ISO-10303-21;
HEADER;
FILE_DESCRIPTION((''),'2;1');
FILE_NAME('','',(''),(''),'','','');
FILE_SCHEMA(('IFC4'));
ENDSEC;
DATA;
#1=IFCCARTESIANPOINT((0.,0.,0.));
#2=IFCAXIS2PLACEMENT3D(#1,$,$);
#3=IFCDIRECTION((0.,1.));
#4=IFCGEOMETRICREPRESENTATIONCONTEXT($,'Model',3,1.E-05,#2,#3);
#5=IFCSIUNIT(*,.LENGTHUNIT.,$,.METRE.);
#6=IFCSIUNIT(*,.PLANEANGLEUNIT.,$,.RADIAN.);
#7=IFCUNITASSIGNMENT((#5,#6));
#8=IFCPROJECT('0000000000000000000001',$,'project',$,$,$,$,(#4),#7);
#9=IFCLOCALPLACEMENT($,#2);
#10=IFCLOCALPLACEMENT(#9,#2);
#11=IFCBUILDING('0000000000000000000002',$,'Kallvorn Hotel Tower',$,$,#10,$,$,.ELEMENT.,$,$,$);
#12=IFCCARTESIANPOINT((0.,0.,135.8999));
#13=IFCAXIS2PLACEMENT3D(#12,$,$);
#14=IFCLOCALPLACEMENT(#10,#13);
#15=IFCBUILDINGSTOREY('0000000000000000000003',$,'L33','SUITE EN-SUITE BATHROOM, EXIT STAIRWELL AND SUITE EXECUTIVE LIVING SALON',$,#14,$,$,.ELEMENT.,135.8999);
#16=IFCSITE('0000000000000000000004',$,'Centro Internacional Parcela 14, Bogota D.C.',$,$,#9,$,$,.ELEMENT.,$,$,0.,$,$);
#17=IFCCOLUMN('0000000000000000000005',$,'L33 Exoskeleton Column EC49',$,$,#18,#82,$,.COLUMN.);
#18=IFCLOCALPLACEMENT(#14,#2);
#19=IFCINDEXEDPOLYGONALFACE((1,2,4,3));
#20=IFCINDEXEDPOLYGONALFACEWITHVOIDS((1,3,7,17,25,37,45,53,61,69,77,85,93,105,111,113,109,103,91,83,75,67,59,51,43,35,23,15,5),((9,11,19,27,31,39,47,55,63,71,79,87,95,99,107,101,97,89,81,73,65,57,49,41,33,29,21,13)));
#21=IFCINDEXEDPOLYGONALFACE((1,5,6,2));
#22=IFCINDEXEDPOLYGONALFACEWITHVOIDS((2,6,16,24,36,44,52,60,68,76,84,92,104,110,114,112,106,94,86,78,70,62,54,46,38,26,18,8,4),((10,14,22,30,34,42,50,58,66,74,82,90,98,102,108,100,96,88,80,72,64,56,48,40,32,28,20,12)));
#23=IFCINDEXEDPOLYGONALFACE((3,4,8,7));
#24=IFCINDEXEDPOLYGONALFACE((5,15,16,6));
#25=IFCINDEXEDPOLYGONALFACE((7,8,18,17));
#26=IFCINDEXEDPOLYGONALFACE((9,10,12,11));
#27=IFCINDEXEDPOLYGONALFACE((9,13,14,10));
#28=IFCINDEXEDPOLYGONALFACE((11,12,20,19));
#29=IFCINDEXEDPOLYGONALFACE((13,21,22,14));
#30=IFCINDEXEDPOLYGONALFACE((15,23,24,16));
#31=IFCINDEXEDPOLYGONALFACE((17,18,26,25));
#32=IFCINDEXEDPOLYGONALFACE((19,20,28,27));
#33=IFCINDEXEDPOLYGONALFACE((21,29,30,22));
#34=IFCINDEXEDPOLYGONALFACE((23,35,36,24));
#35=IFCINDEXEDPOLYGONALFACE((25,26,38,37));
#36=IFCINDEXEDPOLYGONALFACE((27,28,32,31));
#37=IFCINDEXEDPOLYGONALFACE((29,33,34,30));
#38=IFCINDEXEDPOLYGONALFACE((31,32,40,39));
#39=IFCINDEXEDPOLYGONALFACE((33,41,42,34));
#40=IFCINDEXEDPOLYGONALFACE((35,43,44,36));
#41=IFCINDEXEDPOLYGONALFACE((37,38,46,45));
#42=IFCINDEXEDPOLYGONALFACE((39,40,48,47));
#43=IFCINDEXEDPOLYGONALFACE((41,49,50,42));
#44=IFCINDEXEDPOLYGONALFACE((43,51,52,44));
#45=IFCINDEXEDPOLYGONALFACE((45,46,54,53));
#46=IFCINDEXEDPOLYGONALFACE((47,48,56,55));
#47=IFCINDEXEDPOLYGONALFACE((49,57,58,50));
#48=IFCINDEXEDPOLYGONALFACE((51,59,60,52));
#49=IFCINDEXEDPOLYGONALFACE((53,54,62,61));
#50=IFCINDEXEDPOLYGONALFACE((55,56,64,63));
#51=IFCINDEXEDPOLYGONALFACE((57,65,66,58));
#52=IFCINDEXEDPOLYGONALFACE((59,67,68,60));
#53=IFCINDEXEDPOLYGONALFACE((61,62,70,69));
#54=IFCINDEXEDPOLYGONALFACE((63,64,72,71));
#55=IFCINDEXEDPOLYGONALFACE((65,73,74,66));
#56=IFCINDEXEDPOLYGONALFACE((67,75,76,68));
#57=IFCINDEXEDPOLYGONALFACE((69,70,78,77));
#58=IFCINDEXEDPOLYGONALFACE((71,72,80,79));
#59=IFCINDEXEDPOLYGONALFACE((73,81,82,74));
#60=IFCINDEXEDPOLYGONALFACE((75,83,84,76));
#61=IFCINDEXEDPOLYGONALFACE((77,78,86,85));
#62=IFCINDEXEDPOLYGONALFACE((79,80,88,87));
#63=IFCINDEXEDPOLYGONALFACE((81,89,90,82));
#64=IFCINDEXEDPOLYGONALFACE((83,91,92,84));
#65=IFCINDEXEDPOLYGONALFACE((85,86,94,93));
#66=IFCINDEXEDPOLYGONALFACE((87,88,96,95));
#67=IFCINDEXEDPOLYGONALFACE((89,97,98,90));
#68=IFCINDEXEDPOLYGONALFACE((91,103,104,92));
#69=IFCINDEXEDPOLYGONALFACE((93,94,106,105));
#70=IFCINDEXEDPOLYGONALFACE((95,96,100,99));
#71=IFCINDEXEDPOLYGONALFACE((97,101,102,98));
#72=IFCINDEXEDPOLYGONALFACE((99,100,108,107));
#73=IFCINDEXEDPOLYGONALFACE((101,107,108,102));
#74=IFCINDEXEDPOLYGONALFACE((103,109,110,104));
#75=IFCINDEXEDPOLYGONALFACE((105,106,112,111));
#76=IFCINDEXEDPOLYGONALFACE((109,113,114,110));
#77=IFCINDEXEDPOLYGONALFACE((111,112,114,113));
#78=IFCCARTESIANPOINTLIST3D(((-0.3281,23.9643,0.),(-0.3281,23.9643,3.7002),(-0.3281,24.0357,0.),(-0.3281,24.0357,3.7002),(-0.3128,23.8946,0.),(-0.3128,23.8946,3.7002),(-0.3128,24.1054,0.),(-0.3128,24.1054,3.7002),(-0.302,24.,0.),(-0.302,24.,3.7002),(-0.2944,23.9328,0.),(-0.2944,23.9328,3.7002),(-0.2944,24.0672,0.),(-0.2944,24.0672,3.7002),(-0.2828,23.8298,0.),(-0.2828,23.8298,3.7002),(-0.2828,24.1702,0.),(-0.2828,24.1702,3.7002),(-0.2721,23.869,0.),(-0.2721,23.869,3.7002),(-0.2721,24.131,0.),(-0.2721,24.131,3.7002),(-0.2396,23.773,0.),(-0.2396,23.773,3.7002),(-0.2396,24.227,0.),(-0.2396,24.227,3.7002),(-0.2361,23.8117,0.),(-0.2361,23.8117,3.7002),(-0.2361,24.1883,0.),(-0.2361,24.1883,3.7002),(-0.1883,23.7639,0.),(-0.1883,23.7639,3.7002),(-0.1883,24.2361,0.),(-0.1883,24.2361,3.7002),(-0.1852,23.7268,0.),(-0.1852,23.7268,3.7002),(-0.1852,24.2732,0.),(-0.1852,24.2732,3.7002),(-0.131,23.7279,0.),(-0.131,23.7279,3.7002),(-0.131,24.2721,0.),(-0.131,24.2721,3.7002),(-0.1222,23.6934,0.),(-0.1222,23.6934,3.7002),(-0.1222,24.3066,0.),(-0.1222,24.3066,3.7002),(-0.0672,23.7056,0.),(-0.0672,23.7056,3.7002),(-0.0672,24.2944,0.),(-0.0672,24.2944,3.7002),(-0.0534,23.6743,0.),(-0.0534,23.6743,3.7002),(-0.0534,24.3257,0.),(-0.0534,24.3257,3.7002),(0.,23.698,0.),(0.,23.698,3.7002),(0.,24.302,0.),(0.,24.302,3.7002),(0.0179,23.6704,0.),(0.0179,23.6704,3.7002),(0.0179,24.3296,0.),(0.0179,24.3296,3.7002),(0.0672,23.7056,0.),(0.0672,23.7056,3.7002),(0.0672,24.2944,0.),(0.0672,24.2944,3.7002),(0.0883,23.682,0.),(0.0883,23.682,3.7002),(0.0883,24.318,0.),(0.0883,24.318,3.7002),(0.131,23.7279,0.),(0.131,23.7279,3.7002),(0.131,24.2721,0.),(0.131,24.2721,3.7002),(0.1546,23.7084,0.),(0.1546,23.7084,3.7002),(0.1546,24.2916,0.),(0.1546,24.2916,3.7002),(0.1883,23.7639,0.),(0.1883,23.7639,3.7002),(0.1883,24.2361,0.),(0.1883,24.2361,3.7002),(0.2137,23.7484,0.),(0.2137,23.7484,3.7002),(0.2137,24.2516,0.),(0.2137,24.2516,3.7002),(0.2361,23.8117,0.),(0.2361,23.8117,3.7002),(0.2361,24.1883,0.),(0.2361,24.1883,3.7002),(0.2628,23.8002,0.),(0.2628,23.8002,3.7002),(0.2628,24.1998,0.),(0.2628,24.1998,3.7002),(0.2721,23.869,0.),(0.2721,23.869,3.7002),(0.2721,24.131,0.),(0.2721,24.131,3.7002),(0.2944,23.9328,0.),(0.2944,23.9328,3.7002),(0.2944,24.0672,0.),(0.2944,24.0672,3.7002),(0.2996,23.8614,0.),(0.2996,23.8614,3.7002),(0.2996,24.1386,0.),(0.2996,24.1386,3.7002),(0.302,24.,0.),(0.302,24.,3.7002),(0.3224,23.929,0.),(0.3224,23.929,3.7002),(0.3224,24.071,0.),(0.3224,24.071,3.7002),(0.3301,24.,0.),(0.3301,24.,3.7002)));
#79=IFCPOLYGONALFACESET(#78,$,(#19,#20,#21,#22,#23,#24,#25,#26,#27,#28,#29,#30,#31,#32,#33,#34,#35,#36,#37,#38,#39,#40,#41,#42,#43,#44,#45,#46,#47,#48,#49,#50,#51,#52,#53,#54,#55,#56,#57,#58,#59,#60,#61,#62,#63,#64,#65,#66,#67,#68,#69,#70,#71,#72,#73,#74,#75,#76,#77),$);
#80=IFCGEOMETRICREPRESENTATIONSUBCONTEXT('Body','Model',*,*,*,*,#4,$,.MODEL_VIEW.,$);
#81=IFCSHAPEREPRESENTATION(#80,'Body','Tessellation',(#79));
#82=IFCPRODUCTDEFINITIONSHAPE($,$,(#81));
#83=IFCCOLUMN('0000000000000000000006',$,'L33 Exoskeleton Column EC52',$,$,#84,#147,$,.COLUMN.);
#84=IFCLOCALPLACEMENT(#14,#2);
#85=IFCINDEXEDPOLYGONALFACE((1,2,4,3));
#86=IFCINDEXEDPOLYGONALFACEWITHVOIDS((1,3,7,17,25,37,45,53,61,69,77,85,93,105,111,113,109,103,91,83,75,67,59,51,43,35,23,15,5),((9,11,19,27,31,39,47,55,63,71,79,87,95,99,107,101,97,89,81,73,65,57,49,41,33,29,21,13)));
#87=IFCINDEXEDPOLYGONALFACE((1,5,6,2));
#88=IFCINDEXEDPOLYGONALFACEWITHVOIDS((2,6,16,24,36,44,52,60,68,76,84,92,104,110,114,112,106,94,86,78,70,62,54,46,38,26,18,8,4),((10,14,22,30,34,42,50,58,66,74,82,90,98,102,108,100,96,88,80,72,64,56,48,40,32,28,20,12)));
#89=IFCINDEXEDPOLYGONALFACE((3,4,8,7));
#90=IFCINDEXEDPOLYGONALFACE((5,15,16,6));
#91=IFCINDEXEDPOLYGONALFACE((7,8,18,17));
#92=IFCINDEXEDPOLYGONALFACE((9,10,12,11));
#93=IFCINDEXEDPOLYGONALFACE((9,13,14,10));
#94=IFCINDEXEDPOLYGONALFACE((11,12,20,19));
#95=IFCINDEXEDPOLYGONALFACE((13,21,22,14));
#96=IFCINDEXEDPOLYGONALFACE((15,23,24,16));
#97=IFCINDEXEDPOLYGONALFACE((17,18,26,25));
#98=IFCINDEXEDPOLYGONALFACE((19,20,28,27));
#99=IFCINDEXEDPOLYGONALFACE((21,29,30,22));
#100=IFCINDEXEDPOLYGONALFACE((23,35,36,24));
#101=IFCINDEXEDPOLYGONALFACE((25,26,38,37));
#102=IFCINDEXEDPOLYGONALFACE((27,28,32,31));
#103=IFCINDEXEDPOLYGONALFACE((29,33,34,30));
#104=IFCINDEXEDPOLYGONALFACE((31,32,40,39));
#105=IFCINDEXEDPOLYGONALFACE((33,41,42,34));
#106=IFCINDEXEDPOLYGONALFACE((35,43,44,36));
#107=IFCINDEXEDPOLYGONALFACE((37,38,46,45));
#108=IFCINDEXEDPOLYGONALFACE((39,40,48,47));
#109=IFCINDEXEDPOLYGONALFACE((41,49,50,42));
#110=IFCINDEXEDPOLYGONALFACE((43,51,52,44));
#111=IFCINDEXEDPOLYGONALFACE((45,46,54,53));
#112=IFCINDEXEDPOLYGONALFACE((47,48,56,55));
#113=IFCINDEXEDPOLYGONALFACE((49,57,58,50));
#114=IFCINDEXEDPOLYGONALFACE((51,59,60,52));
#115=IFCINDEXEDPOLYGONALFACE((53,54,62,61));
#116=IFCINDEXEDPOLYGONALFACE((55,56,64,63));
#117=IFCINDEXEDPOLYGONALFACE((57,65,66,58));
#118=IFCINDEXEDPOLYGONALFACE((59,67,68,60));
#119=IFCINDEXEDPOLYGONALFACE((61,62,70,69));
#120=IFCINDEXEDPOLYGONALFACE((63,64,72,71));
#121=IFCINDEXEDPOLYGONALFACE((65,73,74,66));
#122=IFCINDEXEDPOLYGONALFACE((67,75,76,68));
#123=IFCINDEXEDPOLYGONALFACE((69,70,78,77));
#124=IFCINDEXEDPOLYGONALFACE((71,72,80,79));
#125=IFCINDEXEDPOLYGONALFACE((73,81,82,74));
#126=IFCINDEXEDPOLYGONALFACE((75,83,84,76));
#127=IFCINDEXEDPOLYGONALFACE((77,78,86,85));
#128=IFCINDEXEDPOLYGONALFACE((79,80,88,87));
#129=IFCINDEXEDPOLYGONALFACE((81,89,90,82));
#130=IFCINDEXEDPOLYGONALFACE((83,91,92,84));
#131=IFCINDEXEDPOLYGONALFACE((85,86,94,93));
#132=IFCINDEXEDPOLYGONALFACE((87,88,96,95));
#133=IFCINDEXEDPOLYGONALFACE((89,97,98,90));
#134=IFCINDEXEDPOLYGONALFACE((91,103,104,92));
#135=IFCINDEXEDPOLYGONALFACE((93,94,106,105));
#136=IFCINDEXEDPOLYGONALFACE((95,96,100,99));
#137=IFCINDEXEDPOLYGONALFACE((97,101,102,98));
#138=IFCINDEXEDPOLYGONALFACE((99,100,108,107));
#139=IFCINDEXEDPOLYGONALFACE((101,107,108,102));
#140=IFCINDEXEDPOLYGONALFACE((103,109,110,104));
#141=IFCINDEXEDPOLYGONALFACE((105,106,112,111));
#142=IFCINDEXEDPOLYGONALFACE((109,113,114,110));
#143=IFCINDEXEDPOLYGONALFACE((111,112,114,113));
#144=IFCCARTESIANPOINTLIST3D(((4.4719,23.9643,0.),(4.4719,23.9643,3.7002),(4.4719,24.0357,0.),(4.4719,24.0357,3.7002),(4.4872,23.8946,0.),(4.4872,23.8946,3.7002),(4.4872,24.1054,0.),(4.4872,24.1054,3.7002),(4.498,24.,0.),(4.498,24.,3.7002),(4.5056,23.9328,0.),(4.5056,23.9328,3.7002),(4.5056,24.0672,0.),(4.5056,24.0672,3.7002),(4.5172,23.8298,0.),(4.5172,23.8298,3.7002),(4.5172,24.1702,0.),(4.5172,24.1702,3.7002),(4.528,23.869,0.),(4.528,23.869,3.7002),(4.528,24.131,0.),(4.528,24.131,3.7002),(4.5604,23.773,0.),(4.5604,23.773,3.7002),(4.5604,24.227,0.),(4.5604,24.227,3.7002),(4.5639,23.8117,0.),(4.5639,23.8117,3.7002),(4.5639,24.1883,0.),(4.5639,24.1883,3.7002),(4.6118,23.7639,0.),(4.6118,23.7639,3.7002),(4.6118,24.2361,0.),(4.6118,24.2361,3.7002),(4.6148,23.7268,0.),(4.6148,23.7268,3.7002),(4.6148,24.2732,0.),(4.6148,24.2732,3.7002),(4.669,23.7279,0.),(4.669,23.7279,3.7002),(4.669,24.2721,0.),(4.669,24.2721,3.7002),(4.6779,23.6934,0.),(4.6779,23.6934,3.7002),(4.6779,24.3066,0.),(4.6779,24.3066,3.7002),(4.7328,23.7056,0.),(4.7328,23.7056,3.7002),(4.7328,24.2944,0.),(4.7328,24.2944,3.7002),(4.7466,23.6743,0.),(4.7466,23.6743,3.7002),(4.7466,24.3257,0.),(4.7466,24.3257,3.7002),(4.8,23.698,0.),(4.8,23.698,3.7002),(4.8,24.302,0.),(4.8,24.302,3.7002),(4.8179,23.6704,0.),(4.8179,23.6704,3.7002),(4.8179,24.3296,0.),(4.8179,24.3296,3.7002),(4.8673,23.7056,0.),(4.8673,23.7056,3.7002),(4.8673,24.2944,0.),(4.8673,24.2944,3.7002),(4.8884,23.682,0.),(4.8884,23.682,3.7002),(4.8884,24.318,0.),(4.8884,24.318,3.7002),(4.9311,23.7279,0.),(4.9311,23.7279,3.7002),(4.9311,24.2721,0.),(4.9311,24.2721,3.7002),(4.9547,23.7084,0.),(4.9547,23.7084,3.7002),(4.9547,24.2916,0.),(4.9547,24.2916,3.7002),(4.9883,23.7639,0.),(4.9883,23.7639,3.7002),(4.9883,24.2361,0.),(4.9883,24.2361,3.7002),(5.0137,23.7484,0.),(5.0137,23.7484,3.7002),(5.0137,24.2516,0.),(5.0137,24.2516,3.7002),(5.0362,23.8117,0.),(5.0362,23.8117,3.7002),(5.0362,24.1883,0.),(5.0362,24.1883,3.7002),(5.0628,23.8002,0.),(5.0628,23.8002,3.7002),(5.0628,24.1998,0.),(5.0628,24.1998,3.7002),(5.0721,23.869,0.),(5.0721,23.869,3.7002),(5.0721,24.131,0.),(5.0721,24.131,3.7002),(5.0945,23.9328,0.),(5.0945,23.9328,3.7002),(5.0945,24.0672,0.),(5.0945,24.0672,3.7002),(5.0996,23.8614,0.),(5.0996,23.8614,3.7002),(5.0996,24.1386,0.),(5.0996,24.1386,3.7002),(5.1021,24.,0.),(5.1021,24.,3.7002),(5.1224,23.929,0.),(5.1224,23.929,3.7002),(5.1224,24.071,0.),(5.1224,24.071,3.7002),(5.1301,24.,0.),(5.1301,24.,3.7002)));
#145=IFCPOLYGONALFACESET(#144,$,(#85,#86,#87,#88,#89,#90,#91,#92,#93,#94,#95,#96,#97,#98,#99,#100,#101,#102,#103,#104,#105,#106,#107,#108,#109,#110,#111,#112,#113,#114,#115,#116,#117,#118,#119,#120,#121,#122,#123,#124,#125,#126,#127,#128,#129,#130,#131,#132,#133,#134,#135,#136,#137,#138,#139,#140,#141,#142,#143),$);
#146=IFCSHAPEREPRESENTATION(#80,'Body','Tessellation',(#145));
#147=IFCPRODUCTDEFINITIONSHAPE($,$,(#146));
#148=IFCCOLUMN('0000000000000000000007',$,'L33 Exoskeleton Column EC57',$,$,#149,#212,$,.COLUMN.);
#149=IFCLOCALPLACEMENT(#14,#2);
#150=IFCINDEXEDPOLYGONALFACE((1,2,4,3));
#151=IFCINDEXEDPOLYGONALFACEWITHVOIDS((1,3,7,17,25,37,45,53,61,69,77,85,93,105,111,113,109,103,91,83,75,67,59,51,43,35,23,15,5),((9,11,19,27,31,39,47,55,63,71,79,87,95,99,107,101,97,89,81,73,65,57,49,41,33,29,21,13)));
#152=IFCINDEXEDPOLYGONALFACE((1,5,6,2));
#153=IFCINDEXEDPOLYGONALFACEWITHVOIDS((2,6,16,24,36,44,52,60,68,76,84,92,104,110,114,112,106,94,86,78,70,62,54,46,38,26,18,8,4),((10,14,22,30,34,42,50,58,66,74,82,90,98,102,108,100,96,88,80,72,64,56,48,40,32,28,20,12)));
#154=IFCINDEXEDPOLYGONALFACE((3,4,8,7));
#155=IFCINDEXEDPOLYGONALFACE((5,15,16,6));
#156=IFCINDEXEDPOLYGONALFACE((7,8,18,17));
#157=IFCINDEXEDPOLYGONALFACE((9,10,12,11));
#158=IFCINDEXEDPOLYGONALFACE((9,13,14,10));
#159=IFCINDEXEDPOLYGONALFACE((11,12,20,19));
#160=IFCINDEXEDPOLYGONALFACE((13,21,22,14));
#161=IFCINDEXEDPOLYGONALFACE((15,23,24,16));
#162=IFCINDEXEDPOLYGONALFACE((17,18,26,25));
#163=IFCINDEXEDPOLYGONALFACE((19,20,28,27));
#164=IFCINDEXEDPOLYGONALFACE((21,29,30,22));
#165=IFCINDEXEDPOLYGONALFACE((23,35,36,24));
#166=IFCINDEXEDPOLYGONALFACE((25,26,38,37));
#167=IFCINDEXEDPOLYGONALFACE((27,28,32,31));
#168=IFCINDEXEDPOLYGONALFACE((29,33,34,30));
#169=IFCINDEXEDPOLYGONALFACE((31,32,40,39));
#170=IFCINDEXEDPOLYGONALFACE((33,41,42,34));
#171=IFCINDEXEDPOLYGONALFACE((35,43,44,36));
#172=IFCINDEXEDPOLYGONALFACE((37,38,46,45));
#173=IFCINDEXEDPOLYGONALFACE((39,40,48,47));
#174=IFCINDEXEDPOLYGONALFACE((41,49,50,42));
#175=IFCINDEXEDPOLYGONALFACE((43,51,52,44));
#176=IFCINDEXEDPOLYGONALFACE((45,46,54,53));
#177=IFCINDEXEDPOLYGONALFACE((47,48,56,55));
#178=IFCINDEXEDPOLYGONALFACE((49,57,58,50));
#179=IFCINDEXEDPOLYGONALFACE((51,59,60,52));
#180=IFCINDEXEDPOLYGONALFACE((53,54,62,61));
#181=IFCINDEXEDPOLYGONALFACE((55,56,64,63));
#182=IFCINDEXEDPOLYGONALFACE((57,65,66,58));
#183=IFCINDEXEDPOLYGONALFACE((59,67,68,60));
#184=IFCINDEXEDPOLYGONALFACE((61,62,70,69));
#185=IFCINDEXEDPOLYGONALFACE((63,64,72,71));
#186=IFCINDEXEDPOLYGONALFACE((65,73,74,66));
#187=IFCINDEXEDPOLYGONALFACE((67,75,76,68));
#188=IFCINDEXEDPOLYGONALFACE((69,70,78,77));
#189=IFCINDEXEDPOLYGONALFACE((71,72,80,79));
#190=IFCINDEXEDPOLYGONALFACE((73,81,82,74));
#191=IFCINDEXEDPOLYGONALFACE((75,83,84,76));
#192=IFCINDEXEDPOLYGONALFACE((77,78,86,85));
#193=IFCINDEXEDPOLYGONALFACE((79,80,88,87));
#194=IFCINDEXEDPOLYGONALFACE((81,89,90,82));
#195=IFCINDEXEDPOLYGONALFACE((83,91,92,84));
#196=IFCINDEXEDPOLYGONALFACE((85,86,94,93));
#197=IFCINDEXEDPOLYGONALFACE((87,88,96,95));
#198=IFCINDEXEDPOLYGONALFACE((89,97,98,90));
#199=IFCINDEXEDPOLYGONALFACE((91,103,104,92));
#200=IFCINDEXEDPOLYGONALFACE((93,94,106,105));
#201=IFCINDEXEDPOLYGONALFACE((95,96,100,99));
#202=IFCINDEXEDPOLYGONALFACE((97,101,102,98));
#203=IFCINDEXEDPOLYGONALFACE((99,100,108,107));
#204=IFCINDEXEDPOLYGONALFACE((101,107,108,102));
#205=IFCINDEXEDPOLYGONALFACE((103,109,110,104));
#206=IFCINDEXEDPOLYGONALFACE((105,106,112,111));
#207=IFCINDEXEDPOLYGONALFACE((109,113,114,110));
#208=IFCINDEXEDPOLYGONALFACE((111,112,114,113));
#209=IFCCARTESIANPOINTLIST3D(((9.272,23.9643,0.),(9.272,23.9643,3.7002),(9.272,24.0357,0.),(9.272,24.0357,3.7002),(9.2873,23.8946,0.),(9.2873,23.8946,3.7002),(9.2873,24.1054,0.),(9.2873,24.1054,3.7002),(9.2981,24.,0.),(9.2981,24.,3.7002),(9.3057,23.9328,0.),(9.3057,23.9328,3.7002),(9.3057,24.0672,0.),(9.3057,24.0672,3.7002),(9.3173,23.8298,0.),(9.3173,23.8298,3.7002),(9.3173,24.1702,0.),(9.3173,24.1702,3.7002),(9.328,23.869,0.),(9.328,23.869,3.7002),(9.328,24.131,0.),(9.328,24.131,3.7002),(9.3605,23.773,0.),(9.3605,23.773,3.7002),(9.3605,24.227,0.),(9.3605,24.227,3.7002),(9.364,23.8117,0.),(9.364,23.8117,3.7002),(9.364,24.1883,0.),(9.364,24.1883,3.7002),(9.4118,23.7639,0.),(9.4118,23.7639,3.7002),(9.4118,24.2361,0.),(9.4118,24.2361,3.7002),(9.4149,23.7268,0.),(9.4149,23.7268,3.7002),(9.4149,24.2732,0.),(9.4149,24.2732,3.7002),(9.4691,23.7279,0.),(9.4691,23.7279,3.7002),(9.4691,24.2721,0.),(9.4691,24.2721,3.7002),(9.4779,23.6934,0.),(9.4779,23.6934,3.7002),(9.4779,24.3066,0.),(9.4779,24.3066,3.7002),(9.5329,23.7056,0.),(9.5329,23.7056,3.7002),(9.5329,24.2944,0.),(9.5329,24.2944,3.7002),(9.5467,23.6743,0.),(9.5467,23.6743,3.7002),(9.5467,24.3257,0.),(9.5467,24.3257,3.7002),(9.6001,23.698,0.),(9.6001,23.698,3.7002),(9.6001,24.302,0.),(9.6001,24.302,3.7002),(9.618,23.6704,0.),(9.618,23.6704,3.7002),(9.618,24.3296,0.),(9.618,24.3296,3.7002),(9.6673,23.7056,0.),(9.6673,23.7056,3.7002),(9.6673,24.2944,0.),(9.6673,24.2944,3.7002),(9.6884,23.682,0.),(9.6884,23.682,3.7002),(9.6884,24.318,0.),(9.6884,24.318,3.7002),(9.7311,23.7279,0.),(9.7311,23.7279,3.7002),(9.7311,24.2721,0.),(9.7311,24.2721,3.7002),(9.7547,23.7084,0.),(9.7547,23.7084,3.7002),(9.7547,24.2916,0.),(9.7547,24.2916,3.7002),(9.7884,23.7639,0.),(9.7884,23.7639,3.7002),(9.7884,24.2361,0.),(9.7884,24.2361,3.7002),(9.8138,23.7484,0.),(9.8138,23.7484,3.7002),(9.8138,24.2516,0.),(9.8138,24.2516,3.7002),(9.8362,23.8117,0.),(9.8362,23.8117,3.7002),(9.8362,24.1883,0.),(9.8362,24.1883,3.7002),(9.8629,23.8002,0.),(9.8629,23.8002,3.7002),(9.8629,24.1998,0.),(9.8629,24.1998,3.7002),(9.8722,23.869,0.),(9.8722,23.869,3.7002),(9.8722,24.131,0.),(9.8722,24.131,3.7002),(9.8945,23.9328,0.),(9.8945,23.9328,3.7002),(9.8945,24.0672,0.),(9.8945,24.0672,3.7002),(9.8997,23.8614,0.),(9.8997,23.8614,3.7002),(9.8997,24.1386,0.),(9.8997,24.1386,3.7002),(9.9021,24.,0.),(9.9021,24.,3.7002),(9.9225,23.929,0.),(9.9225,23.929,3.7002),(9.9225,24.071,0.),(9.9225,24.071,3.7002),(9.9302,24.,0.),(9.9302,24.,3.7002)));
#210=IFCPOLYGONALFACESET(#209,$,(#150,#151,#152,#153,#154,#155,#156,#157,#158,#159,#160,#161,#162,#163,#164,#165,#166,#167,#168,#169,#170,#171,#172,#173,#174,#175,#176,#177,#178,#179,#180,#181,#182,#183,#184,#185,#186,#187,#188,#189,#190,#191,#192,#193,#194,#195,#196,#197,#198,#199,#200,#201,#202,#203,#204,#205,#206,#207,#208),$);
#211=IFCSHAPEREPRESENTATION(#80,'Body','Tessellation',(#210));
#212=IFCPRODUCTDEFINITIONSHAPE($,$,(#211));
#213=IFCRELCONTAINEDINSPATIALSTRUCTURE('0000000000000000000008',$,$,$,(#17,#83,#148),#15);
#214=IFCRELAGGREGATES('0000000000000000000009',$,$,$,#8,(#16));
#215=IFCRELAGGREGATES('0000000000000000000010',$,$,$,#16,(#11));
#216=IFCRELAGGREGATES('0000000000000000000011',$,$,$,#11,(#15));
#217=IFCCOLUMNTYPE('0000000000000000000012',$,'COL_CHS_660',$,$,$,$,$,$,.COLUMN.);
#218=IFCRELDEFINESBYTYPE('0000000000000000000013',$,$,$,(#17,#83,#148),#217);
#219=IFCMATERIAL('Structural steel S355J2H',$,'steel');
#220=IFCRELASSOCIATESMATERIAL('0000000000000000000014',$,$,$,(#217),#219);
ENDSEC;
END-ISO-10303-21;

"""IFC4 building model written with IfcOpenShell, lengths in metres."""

from ifc_helpers import new_model, si_unit, direction, frame, origin, origin_2d, place, context, subcontext, project, spatial, hollow_circle, extrude, material, material_profile, profile_set, type_object, element, save


model = new_model("IFC4")

# Units and contexts
model_context = context("Model", 3, precision=1e-05, world=origin(), true_north=direction((0.0, 1.0)))
body_context = subcontext(model_context, "Body", "Model", "MODEL_VIEW")
ifc_project = project(units=[si_unit("LENGTHUNIT", "METRE"), si_unit("PLANEANGLEUNIT", "RADIAN")], contexts=[model_context])

# Site, building, storey
site_placement = place(None, origin())
site = spatial("IfcSite", under=ifc_project, at=site_placement, Name="Centro Internacional Parcela 14, Bogota D.C.", CompositionType="ELEMENT", RefElevation=0.0)
building_placement = place(site_placement, origin())
building = spatial("IfcBuilding", under=site, at=building_placement, Name="Kallvorn Hotel Tower", CompositionType="ELEMENT")
storey_placement = place(building_placement, frame((0.0, 0.0, 135.8999)))
storey = spatial("IfcBuildingStorey", under=building, at=storey_placement, Name="L33", Description="SUITE EN-SUITE BATHROOM, EXIT STAIRWELL AND SUITE EXECUTIVE LIVING SALON", CompositionType="ELEMENT", Elevation=135.8999)

# Columns
ifc_material_1 = material(Name="Structural steel S355J2H", Category="steel")
ifc_material_profile_1 = material_profile(ifc_material_1, hollow_circle(Radius=0.3301, WallThickness=0.0281, at=origin_2d()), Name="CHS 660x28")
ifc_profile_set_1 = profile_set([ifc_material_profile_1], Name="Structural steel S355J2H")
column_type = type_object("IfcColumnType", Name="COL_CHS_660", PredefinedType="COLUMN", material=ifc_profile_set_1)
for number, where, z_axis, x_axis, name in (
    (1, (0.0, 24.0, 0.0), (0.0, 0.0, 1.0), (1.0, 0.0, 0.0), "L33 Exoskeleton Column EC49"),
    (2, (4.8, 24.0, 0.0), (0.0, 0.0, 1.0), (1.0, 0.0, 0.0), "L33 Exoskeleton Column EC52"),
    (3, (9.6001, 24.0, 0.0), (0.0, 0.0, 1.0), (1.0, 0.0, 0.0), "L33 Exoskeleton Column EC57"),
):
    element("IfcColumn", number, at=place(storey_placement, frame(where, z_axis=z_axis, x_axis=x_axis)), inside=storey, type_object=column_type, Name=name, PredefinedType="COLUMN", context=body_context, shape_type="SweptSolid", body=[
        extrude(hollow_circle(Radius=0.3301, WallThickness=0.0281, at=origin_2d()), origin(), (0.0, 0.0, 1.0), 3.7002),
    ])

save(model, "model.ifc")
